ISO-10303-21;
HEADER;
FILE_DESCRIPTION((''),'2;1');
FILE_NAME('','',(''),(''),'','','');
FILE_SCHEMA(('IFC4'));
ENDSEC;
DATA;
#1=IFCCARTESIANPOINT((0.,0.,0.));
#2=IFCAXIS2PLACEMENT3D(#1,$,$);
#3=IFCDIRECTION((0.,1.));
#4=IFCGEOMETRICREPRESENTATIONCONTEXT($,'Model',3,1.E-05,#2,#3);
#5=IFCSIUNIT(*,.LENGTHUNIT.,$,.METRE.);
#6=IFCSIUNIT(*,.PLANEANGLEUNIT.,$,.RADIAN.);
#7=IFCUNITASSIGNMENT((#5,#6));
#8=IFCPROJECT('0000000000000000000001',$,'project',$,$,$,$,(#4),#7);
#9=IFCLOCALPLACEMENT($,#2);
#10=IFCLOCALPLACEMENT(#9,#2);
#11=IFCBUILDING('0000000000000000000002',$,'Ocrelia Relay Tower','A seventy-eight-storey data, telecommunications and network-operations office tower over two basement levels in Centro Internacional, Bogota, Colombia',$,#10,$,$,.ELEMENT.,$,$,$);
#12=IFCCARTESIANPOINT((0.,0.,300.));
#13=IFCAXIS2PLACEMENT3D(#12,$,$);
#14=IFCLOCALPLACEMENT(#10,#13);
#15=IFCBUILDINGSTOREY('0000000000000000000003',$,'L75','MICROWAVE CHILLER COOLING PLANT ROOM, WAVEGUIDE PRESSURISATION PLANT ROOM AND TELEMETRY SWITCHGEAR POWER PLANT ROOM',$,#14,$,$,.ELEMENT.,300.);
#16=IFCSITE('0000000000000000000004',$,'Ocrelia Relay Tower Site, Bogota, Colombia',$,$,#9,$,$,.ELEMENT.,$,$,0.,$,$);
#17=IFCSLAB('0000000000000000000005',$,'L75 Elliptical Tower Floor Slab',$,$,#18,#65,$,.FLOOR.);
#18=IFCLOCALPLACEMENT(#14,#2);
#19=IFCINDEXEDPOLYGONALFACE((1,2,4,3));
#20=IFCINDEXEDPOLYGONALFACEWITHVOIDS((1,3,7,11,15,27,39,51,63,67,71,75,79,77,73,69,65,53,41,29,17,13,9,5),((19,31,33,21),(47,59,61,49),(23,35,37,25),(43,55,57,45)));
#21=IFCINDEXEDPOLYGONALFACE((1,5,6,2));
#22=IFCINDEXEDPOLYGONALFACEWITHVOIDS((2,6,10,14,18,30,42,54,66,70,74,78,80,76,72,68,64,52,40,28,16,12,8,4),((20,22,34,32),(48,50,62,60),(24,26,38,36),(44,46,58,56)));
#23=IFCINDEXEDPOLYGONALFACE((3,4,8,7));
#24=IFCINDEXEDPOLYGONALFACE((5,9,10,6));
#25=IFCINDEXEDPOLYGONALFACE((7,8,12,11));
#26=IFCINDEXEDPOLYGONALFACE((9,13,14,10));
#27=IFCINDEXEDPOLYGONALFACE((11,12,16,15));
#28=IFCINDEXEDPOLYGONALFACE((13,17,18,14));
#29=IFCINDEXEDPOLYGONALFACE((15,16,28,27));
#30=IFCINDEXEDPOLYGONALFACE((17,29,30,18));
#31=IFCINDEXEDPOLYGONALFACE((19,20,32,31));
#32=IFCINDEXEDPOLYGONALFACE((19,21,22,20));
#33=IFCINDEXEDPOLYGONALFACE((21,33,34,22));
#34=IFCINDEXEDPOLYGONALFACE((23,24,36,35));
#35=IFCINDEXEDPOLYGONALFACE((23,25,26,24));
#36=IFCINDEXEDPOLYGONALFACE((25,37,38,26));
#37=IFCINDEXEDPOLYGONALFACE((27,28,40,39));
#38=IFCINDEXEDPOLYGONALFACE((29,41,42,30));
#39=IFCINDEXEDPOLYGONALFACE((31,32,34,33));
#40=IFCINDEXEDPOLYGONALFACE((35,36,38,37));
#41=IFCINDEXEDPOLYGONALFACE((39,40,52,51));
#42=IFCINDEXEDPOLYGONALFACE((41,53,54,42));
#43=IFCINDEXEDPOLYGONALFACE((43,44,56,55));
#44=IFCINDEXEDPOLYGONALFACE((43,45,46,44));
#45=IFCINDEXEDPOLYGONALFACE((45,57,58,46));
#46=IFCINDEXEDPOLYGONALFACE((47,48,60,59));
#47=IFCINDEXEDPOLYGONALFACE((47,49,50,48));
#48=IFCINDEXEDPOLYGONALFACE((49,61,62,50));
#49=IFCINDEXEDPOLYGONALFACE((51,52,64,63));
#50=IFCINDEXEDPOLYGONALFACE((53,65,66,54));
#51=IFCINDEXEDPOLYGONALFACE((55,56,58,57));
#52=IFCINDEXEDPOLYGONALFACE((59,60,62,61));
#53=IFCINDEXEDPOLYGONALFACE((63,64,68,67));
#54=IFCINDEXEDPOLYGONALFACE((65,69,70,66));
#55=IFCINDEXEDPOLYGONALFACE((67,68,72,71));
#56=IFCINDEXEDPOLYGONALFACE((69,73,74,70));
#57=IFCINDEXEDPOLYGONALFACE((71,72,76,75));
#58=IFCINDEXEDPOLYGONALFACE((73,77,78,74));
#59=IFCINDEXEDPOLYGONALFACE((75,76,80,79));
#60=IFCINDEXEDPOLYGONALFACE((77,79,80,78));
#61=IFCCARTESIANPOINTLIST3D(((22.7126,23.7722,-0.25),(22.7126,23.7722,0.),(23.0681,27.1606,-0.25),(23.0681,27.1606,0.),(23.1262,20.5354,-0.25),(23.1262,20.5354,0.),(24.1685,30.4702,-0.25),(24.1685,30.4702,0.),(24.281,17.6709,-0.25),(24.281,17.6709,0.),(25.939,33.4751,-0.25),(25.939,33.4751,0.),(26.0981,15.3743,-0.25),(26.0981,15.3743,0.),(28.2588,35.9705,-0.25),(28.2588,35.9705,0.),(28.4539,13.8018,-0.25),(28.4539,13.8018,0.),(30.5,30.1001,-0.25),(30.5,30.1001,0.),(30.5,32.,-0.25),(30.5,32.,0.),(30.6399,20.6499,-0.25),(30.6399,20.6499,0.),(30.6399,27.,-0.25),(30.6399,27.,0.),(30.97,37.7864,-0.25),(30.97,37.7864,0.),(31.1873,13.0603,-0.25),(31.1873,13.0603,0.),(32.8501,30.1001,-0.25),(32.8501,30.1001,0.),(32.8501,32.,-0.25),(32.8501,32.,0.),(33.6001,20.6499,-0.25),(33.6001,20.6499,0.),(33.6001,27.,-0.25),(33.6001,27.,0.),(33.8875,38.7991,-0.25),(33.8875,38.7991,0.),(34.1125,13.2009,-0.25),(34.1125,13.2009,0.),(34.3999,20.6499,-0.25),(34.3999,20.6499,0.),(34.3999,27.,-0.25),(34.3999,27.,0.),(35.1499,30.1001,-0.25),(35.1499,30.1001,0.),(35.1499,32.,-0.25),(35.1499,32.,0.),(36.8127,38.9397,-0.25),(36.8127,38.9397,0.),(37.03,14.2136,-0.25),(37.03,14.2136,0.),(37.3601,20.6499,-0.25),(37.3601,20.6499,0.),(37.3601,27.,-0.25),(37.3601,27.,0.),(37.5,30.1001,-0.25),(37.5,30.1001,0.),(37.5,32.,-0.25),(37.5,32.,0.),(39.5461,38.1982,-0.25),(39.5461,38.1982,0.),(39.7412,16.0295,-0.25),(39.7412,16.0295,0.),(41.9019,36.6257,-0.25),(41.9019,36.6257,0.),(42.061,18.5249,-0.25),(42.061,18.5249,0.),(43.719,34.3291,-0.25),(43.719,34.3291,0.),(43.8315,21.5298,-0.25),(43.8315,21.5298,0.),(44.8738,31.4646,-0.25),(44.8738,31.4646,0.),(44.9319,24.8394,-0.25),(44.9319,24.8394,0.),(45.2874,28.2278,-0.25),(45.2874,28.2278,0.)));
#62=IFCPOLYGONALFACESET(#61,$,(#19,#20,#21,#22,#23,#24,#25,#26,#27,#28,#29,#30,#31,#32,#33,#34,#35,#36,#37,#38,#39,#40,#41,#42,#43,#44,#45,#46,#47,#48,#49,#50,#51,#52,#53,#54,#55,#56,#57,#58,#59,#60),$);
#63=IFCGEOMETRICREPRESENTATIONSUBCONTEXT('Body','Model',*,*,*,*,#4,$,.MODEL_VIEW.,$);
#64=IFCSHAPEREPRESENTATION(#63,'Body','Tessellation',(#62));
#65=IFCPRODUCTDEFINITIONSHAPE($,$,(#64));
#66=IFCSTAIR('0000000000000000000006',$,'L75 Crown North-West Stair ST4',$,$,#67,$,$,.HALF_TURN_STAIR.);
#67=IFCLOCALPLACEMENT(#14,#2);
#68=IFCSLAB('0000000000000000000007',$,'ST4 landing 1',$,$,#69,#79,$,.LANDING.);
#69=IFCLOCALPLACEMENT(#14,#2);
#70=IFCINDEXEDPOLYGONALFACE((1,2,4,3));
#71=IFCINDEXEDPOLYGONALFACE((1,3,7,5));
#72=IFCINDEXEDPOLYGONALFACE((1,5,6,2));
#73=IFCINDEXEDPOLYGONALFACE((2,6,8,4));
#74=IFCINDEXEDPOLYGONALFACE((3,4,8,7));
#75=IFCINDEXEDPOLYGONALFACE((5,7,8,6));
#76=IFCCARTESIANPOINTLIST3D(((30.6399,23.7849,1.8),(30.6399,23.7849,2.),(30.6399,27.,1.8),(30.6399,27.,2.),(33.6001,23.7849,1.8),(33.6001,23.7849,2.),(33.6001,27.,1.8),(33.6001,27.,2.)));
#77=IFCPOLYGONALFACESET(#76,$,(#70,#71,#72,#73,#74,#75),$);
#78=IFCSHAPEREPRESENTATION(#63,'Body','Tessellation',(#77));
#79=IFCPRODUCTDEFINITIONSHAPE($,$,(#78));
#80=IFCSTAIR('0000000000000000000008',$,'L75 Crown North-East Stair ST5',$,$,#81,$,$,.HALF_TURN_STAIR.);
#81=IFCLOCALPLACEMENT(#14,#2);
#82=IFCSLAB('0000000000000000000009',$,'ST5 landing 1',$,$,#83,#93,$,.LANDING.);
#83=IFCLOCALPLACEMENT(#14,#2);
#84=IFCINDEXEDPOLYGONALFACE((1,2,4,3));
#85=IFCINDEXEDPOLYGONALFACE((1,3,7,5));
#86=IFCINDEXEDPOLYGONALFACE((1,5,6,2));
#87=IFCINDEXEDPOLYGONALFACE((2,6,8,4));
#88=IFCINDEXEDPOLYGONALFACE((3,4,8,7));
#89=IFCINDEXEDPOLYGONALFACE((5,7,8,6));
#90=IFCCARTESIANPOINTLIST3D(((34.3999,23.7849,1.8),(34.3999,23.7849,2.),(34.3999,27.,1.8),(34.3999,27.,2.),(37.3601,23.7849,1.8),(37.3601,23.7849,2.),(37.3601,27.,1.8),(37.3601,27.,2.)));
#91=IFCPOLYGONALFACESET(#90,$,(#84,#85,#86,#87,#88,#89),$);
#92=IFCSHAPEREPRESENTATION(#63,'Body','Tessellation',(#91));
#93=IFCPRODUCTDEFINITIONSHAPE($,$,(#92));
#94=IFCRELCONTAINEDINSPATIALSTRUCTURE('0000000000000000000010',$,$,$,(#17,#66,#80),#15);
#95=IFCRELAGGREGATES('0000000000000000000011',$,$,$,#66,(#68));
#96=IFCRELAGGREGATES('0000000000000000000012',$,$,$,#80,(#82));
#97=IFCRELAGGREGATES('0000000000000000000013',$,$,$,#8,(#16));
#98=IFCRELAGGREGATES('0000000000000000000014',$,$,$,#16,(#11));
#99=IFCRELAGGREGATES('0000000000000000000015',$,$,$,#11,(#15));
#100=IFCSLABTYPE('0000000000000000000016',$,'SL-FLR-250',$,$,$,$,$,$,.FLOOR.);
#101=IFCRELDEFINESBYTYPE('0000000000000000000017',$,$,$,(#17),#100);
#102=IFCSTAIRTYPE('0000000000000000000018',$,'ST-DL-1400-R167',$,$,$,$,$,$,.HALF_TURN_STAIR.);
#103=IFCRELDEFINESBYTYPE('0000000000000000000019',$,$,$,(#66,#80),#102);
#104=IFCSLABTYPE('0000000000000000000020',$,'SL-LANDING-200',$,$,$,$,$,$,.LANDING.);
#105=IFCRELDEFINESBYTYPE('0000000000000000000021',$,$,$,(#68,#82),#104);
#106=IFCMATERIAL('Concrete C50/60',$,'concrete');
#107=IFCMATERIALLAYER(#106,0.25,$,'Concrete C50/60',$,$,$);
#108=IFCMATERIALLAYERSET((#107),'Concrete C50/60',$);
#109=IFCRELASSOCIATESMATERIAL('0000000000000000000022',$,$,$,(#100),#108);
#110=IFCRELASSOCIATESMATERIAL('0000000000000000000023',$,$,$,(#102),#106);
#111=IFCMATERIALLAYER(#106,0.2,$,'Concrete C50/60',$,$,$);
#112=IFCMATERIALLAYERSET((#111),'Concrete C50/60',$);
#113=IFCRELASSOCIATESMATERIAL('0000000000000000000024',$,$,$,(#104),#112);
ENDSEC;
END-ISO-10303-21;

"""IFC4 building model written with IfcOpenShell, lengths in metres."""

from ifc_helpers import new_model, si_unit, direction, frame, origin, place, context, subcontext, project, spatial, polyline, outline, extrude, material, layer, layer_set, type_object, element, aggregate, save


model = new_model("IFC4")

# Units and contexts
model_context = context("Model", 3, precision=1e-05, world=origin(), true_north=direction((0.0, 1.0)))
body_context = subcontext(model_context, "Body", "Model", "MODEL_VIEW")
ifc_project = project(units=[si_unit("LENGTHUNIT", "METRE"), si_unit("PLANEANGLEUNIT", "RADIAN")], contexts=[model_context])

# Site, building, storey
site_placement = place(None, origin())
site = spatial("IfcSite", under=ifc_project, at=site_placement, Name="Ocrelia Relay Tower Site, Bogota, Colombia", CompositionType="ELEMENT", RefElevation=0.0)
building_placement = place(site_placement, origin())
building = spatial("IfcBuilding", under=site, at=building_placement, Name="Ocrelia Relay Tower", Description="A seventy-eight-storey data, telecommunications and network-operations office tower over two basement levels in Centro Internacional, Bogota, Colombia", CompositionType="ELEMENT")
storey_placement = place(building_placement, frame((0.0, 0.0, 300.0)))
storey = spatial("IfcBuildingStorey", under=building, at=storey_placement, Name="L75", Description="MICROWAVE CHILLER COOLING PLANT ROOM, WAVEGUIDE PRESSURISATION PLANT ROOM AND TELEMETRY SWITCHGEAR POWER PLANT ROOM", CompositionType="ELEMENT", Elevation=300.0)

# Slab
ifc_material_1 = material(Name="Concrete C50/60", Category="concrete")
ifc_layer_1 = layer(ifc_material_1, 0.25, Name="Concrete C50/60")
ifc_layer_set_1 = layer_set([ifc_layer_1], Name="Concrete C50/60")
slab_type_1 = type_object("IfcSlabType", Name="SL-FLR-250", PredefinedType="FLOOR", material=ifc_layer_set_1)
slab_1_placement = place(storey_placement, frame((0.0, 0.0, -0.25)))
element("IfcSlab", 1, at=slab_1_placement, inside=storey, type_object=slab_type_1, Name="L75 Elliptical Tower Floor Slab", PredefinedType="FLOOR", context=body_context, shape_type="SweptSolid", body=[
    extrude(outline(polyline([(39.5461, 38.1982), (36.8127, 38.9397), (33.8875, 38.7991), (30.97, 37.7864), (28.2588, 35.9705), (25.939, 33.4751), (24.1685, 30.4702), (23.0681, 27.1606), (22.7126, 23.7722), (23.1262, 20.5354), (24.281, 17.6709), (26.0981, 15.3743), (28.4539, 13.8018), (31.1873, 13.0603), (34.1125, 13.2009), (37.03, 14.2136), (39.7412, 16.0295), (42.061, 18.5249), (43.8315, 21.5298), (44.9319, 24.8394), (45.2874, 28.2278), (44.8738, 31.4646), (43.719, 34.3291), (41.9019, 36.6257), (39.5461, 38.1982)]), holes=[polyline([(33.6001, 20.6499), (33.6001, 27.0), (30.6399, 27.0), (30.6399, 20.6499), (33.6001, 20.6499)]), polyline([(37.3601, 20.6499), (37.3601, 27.0), (34.3999, 27.0), (34.3999, 20.6499), (37.3601, 20.6499)]), polyline([(30.5, 30.1001), (32.8501, 30.1001), (32.8501, 32.0), (30.5, 32.0), (30.5, 30.1001)]), polyline([(35.1499, 30.1001), (37.5, 30.1001), (37.5, 32.0), (35.1499, 32.0), (35.1499, 30.1001)])]), origin(), (0.0, 0.0, 1.0), 0.25),
])

# Stairs, slabs
stair_type = type_object("IfcStairType", Name="ST-DL-1400-R167", PredefinedType="HALF_TURN_STAIR", material=ifc_material_1)
stair_1_placement = place(storey_placement, origin())
stair_1 = element("IfcStair", 2, at=stair_1_placement, inside=storey, type_object=stair_type, Name="L75 Crown North-West Stair ST4", PredefinedType="HALF_TURN_STAIR")
ifc_layer_2 = layer(ifc_material_1, 0.2, Name="Concrete C50/60")
ifc_layer_set_2 = layer_set([ifc_layer_2], Name="Concrete C50/60")
slab_type_2 = type_object("IfcSlabType", Name="SL-LANDING-200", PredefinedType="LANDING", material=ifc_layer_set_2)
slab_2_placement = place(storey_placement, frame((0.0, 0.0, 1.8)))
slab_2 = element("IfcSlab", 3, at=slab_2_placement, type_object=slab_type_2, Name="ST4 landing 1", PredefinedType="LANDING", context=body_context, shape_type="SweptSolid", body=[
    extrude(outline(polyline([(33.6001, 23.7849), (33.6001, 27.0), (30.6399, 27.0), (30.6399, 23.7849), (33.6001, 23.7849)])), origin(), (0.0, 0.0, 1.0), 0.2),
])
aggregate(stair_1, [slab_2])
stair_2_placement = place(storey_placement, origin())
stair_2 = element("IfcStair", 4, at=stair_2_placement, inside=storey, type_object=stair_type, Name="L75 Crown North-East Stair ST5", PredefinedType="HALF_TURN_STAIR")
slab_3_placement = place(storey_placement, frame((0.0, 0.0, 1.8)))
slab_3 = element("IfcSlab", 5, at=slab_3_placement, type_object=slab_type_2, Name="ST5 landing 1", PredefinedType="LANDING", context=body_context, shape_type="SweptSolid", body=[
    extrude(outline(polyline([(37.3601, 23.7849), (37.3601, 27.0), (34.3999, 27.0), (34.3999, 23.7849), (37.3601, 23.7849)])), origin(), (0.0, 0.0, 1.0), 0.2),
])
aggregate(stair_2, [slab_3])

save(model, "model.ifc")
